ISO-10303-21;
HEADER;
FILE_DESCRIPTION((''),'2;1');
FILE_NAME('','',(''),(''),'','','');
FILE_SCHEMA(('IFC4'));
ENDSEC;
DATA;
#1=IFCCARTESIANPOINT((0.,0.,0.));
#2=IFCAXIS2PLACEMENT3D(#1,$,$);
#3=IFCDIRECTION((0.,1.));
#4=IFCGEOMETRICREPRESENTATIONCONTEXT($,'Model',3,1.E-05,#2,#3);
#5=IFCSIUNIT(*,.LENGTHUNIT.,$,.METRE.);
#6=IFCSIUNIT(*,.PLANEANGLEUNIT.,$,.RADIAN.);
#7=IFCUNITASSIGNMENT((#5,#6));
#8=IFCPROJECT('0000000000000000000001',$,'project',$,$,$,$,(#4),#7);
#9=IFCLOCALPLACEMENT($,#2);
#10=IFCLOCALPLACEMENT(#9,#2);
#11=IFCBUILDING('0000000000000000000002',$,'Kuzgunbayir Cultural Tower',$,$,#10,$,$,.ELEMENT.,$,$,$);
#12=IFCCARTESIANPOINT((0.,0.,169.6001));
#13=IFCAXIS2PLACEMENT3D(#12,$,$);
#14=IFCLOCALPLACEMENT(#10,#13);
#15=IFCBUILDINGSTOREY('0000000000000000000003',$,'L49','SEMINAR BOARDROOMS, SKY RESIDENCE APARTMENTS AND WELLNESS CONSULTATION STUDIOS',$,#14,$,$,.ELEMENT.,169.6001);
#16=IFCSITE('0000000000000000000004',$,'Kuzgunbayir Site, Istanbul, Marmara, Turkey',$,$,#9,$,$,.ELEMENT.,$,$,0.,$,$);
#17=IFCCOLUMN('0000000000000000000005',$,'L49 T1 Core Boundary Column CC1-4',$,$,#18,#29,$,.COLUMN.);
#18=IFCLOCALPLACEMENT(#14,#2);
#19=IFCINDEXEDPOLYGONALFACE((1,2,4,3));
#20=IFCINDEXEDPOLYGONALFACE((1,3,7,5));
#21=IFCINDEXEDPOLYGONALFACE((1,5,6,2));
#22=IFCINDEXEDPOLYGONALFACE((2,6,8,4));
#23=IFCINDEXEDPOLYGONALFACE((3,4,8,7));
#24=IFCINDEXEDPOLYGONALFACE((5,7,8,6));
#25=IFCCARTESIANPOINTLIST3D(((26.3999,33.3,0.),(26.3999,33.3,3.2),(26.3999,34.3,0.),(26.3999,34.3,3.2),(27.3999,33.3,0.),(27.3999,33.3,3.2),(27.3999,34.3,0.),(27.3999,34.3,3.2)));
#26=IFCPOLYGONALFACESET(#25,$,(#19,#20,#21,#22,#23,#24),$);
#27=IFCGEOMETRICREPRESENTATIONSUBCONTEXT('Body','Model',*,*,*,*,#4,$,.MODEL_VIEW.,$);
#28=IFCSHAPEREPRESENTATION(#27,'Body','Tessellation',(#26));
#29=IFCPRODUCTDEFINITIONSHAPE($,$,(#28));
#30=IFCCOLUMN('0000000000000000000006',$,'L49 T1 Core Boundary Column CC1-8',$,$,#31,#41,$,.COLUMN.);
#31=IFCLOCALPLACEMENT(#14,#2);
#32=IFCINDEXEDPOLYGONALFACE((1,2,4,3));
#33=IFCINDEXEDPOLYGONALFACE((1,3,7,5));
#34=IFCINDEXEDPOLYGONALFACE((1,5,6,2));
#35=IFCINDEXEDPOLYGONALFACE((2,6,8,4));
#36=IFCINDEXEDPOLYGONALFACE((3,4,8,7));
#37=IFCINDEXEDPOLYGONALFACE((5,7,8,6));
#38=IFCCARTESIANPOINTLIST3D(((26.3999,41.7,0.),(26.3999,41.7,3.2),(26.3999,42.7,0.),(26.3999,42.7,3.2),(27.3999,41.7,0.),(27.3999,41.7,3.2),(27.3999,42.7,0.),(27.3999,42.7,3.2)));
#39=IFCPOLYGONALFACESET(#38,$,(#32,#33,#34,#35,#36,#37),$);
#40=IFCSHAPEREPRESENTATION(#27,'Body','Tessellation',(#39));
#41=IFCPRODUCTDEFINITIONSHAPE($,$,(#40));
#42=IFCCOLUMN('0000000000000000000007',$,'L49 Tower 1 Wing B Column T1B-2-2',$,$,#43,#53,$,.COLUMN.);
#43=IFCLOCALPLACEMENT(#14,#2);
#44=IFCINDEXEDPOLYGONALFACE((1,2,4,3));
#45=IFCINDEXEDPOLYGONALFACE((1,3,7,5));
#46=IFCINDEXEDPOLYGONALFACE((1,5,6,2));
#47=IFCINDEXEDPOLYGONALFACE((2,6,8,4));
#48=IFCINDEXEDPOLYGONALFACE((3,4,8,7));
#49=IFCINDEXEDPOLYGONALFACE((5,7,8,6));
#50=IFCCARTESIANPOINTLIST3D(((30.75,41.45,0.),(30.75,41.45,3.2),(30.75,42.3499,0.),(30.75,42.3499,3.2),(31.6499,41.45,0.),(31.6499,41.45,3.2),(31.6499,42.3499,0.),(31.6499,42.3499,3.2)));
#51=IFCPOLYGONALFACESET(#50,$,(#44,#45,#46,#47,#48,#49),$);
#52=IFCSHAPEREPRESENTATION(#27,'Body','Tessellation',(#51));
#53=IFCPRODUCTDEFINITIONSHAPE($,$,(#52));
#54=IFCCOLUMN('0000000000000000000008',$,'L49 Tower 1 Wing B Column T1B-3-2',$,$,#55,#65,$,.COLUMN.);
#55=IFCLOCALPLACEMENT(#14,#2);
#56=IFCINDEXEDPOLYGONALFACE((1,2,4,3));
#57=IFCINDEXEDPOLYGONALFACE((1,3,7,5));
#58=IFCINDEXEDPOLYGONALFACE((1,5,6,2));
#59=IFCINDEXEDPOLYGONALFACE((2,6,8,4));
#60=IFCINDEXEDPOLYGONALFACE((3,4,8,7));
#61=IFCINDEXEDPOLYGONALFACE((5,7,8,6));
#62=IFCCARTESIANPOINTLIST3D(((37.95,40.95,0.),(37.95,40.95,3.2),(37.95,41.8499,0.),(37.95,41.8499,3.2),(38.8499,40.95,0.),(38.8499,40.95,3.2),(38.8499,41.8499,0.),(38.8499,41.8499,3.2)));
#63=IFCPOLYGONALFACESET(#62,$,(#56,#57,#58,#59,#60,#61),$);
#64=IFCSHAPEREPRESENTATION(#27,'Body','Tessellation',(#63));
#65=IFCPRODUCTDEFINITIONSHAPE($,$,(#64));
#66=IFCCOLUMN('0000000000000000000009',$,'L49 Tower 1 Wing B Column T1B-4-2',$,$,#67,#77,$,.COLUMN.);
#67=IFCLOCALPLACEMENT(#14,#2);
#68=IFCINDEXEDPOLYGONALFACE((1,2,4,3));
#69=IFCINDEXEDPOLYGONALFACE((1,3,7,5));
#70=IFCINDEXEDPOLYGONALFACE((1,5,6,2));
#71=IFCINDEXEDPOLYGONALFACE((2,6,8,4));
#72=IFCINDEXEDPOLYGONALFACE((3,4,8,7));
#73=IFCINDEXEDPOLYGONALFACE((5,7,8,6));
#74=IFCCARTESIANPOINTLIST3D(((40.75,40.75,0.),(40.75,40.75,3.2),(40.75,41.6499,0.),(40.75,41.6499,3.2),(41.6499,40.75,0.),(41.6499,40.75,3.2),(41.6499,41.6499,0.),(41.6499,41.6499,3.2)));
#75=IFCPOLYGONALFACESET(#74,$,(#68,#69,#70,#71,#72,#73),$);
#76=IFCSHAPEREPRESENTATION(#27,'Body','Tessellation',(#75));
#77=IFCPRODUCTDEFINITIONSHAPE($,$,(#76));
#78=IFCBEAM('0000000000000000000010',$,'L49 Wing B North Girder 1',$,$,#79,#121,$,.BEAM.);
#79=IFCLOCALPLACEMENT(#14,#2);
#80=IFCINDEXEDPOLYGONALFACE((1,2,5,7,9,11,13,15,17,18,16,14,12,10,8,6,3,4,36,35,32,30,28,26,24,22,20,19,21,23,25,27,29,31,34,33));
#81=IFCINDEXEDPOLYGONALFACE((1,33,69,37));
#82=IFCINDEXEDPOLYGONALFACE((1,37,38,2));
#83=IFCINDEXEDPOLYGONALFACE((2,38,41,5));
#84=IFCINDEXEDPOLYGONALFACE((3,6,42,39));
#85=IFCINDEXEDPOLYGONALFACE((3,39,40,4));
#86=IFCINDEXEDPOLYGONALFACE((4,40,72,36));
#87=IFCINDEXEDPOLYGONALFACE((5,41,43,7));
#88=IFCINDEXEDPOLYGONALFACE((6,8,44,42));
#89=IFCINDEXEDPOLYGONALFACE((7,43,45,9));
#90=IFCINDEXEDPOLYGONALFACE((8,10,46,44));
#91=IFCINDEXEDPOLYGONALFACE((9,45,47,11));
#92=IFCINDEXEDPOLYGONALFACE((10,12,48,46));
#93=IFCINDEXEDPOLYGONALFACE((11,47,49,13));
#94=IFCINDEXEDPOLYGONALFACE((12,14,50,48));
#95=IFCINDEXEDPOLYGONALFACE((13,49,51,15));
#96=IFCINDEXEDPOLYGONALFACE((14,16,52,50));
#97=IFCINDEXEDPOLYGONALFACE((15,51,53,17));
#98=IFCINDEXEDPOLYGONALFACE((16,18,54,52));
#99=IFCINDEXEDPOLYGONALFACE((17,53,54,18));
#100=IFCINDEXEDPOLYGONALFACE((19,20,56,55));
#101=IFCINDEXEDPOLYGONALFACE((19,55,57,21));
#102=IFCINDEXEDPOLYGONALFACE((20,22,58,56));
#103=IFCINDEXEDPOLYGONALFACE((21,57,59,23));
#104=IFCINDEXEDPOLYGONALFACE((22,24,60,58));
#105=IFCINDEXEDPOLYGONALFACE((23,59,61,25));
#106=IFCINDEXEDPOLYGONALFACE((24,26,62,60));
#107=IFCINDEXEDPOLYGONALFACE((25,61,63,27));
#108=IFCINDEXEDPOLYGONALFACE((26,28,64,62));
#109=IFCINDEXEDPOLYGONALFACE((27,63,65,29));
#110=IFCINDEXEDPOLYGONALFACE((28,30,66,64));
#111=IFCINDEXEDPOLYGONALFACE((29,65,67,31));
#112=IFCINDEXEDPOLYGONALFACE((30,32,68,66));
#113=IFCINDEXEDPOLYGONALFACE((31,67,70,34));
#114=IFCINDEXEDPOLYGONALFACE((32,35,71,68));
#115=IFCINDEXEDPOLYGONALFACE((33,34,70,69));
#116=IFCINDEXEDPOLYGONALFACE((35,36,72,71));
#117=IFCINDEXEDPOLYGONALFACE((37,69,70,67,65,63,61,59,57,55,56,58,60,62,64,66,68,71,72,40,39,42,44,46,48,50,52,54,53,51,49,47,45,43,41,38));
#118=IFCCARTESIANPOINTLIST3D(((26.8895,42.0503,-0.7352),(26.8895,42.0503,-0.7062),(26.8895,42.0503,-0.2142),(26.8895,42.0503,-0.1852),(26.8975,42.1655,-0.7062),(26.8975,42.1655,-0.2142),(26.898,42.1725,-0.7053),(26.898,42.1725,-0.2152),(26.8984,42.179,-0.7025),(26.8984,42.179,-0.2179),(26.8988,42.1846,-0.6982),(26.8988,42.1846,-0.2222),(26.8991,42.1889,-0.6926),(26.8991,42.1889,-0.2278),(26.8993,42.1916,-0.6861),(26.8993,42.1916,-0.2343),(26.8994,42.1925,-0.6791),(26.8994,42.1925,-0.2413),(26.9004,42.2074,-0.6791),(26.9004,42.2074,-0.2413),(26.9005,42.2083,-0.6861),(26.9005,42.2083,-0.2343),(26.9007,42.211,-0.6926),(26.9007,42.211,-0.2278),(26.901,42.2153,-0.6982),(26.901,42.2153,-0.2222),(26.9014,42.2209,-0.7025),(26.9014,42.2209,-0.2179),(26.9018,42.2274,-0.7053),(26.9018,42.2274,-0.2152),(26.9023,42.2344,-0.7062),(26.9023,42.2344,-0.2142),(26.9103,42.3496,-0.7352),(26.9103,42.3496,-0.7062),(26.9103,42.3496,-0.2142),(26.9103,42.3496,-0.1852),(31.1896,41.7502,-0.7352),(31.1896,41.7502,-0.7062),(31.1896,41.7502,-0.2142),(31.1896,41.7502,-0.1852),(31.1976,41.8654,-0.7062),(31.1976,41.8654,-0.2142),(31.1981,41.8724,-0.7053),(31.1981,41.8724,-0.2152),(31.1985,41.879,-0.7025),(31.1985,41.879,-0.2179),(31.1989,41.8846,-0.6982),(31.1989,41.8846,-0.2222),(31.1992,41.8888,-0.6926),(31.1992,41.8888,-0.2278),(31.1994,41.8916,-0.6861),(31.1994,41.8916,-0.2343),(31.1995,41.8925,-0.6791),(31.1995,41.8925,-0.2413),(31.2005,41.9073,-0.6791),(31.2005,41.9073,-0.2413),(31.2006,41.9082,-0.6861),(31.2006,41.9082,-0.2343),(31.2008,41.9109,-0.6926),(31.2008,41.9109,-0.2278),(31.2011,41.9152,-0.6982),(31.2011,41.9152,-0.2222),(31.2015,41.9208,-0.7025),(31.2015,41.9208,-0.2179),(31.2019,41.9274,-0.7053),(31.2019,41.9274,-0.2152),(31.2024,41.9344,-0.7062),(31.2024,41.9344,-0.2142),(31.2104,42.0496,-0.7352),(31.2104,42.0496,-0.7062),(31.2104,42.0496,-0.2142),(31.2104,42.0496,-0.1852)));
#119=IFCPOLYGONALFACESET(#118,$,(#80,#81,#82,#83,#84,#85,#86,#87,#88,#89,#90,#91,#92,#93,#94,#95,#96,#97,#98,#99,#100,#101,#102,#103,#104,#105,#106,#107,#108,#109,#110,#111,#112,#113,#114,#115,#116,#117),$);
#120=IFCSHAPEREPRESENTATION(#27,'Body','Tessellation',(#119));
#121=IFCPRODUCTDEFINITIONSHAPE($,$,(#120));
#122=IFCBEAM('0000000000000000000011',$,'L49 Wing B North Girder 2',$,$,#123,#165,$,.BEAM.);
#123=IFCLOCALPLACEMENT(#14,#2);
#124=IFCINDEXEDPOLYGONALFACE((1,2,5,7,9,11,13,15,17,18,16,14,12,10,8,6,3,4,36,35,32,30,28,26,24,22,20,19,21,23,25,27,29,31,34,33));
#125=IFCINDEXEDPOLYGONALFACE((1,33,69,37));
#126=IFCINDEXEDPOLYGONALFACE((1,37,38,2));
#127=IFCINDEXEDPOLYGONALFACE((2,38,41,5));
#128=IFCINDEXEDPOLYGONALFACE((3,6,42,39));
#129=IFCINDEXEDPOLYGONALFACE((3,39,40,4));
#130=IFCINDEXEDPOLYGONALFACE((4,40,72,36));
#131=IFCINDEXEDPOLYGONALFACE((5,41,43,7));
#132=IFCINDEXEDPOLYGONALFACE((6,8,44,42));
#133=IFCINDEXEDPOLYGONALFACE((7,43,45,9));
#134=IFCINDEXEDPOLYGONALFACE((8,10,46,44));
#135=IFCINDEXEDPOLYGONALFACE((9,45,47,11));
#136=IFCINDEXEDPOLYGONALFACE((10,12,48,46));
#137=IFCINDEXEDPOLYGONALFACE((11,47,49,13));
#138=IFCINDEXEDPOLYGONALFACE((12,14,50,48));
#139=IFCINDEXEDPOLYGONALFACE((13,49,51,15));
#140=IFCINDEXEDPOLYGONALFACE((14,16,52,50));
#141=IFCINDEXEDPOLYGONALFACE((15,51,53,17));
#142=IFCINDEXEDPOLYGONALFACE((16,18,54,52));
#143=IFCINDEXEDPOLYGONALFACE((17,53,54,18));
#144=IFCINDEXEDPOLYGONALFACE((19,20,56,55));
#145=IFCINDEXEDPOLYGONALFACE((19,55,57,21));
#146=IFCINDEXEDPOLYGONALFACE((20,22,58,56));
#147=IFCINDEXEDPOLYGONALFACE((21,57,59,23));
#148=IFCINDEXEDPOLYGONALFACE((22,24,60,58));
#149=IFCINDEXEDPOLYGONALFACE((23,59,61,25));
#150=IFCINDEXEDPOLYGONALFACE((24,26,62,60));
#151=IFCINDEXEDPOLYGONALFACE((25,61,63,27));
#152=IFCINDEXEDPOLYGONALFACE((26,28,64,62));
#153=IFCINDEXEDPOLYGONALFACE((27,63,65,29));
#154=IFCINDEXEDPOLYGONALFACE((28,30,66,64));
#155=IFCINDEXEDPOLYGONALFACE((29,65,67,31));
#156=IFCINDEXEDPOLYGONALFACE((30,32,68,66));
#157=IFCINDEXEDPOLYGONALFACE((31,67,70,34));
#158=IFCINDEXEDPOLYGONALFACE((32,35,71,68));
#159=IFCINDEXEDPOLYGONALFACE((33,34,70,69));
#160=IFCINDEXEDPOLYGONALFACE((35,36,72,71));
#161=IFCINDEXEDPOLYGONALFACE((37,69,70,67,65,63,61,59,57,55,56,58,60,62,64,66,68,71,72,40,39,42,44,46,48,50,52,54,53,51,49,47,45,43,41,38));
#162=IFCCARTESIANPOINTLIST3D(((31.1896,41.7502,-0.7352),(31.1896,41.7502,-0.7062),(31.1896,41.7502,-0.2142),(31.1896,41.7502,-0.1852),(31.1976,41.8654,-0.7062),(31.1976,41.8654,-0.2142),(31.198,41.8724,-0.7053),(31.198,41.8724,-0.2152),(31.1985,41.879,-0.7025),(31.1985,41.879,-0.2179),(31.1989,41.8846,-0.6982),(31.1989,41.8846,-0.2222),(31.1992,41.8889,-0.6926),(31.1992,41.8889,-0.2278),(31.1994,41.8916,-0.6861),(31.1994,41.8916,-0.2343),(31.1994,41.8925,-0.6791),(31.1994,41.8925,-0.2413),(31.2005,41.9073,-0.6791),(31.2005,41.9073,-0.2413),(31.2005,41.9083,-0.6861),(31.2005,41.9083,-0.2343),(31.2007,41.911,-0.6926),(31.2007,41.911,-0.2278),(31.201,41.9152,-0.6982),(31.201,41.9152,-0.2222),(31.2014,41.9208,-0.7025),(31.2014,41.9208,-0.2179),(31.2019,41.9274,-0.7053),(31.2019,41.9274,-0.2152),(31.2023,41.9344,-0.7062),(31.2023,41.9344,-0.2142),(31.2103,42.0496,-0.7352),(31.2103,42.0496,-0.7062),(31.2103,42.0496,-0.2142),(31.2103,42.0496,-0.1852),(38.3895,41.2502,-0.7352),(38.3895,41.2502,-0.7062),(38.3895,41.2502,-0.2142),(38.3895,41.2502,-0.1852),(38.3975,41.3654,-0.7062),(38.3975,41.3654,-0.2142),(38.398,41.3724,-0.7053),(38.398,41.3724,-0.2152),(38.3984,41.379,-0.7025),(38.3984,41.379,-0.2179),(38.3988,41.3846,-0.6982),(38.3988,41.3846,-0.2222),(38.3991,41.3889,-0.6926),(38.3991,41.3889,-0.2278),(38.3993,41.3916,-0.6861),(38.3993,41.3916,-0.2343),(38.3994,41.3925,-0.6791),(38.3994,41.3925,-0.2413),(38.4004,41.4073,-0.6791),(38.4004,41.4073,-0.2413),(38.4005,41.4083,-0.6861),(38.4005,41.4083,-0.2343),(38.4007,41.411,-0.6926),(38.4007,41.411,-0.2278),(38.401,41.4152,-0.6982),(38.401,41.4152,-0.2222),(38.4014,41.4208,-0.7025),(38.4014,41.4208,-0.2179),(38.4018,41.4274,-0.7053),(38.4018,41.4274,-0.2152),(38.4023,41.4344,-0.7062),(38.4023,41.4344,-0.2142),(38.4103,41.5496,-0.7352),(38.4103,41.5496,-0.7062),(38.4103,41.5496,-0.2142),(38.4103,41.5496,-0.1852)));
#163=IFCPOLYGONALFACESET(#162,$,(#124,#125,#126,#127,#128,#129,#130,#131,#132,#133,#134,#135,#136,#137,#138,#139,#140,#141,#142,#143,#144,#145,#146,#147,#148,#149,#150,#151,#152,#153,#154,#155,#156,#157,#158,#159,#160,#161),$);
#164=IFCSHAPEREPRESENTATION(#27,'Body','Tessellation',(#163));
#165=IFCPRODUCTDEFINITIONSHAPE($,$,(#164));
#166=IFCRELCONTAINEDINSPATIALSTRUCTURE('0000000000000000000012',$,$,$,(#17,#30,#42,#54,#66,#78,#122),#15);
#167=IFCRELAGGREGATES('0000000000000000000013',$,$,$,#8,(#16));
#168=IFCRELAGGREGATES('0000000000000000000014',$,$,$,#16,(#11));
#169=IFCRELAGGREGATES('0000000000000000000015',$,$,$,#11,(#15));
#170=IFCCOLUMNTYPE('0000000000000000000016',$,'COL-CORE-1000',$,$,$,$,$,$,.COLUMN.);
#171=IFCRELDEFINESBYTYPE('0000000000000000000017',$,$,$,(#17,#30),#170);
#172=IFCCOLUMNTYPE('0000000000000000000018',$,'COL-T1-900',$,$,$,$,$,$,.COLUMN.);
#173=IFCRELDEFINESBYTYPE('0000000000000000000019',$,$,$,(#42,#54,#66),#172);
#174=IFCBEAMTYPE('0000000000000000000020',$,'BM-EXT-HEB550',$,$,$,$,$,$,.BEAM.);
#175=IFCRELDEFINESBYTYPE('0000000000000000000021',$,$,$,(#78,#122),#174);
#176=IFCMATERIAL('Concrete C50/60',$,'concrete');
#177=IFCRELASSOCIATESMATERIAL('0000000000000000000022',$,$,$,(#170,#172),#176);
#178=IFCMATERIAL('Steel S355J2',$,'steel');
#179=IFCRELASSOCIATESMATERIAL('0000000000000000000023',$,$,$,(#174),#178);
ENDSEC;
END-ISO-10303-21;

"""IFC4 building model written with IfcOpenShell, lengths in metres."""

from ifc_helpers import new_model, si_unit, direction, frame, origin, origin_2d, place, context, subcontext, project, spatial, rectangle, i_section, extrude, material, material_profile, profile_set, type_object, element, save


model = new_model("IFC4")

# Units and contexts
model_context = context("Model", 3, precision=1e-05, world=origin(), true_north=direction((0.0, 1.0)))
body_context = subcontext(model_context, "Body", "Model", "MODEL_VIEW")
ifc_project = project(units=[si_unit("LENGTHUNIT", "METRE"), si_unit("PLANEANGLEUNIT", "RADIAN")], contexts=[model_context])

# Site, building, storey
site_placement = place(None, origin())
site = spatial("IfcSite", under=ifc_project, at=site_placement, Name="Kuzgunbayir Site, Istanbul, Marmara, Turkey", CompositionType="ELEMENT", RefElevation=0.0)
building_placement = place(site_placement, origin())
building = spatial("IfcBuilding", under=site, at=building_placement, Name="Kuzgunbayir Cultural Tower", CompositionType="ELEMENT")
storey_placement = place(building_placement, frame((0.0, 0.0, 169.6001)))
storey = spatial("IfcBuildingStorey", under=building, at=storey_placement, Name="L49", Description="SEMINAR BOARDROOMS, SKY RESIDENCE APARTMENTS AND WELLNESS CONSULTATION STUDIOS", CompositionType="ELEMENT", Elevation=169.6001)

# Columns
ifc_material_1 = material(Name="Concrete C50/60", Category="concrete")
ifc_material_profile_1 = material_profile(ifc_material_1, rectangle(XDim=1.0, YDim=1.0, at=origin_2d()), Name="RC 1000x1000")
ifc_profile_set_1 = profile_set([ifc_material_profile_1], Name="Concrete C50/60")
column_type_1 = type_object("IfcColumnType", Name="COL-CORE-1000", PredefinedType="COLUMN", material=ifc_profile_set_1)
for number, where, z_axis, x_axis, name in (
    (1, (26.8999, 33.8, 0.0), (0.0, 0.0, 1.0), (1.0, 0.0, 0.0), "L49 T1 Core Boundary Column CC1-4"),
    (2, (26.8999, 42.2, 0.0), (0.0, 0.0, 1.0), (1.0, 0.0, 0.0), "L49 T1 Core Boundary Column CC1-8"),
):
    element("IfcColumn", number, at=place(storey_placement, frame(where, z_axis=z_axis, x_axis=x_axis)), inside=storey, type_object=column_type_1, Name=name, PredefinedType="COLUMN", context=body_context, shape_type="SweptSolid", body=[
        extrude(rectangle(XDim=1.0, YDim=1.0, at=origin_2d()), origin(), (0.0, 0.0, 1.0), 3.2),
    ])
ifc_material_profile_2 = material_profile(ifc_material_1, rectangle(XDim=0.8999, YDim=0.8999, at=origin_2d()), Name="RC 900x900")
ifc_profile_set_2 = profile_set([ifc_material_profile_2], Name="Concrete C50/60")
column_type_2 = type_object("IfcColumnType", Name="COL-T1-900", PredefinedType="COLUMN", material=ifc_profile_set_2)
for number, where, z_axis, x_axis, name in (
    (3, (31.2, 41.8999, 0.0), (0.0, 0.0, 1.0), (1.0, 0.0, 0.0), "L49 Tower 1 Wing B Column T1B-2-2"),
    (4, (38.3999, 41.3999, 0.0), (0.0, 0.0, 1.0), (1.0, 0.0, 0.0), "L49 Tower 1 Wing B Column T1B-3-2"),
    (5, (41.2, 41.2, 0.0), (0.0, 0.0, 1.0), (1.0, 0.0, 0.0), "L49 Tower 1 Wing B Column T1B-4-2"),
):
    element("IfcColumn", number, at=place(storey_placement, frame(where, z_axis=z_axis, x_axis=x_axis)), inside=storey, type_object=column_type_2, Name=name, PredefinedType="COLUMN", context=body_context, shape_type="SweptSolid", body=[
        extrude(rectangle(XDim=0.8999, YDim=0.8999, at=origin_2d()), origin(), (0.0, 0.0, 1.0), 3.2),
    ])

# Beams
ifc_material_2 = material(Name="Steel S355J2", Category="steel")
ifc_material_profile_3 = material_profile(ifc_material_2, i_section(OverallWidth=0.3, OverallDepth=0.55, WebThickness=0.0149, FlangeThickness=0.0291, FilletRadius=0.0271, at=origin_2d()), Name="HEB 550")
ifc_profile_set_3 = profile_set([ifc_material_profile_3], Name="Steel S355J2")
beam_type_1 = type_object("IfcBeamType", Name="BM-EXT-HEB550", PredefinedType="BEAM", material=ifc_profile_set_3)
beam_1_placement = place(storey_placement, frame((26.8999, 42.2, -0.4602), z_axis=(0.997574, -0.069609, 0.0), x_axis=(0.069609, 0.997574, 0.0)))
element("IfcBeam", 6, at=beam_1_placement, inside=storey, type_object=beam_type_1, Name="L49 Wing B North Girder 1", PredefinedType="BEAM", context=body_context, shape_type="SweptSolid", body=[
    extrude(i_section(OverallWidth=0.3, OverallDepth=0.55, WebThickness=0.0149, FlangeThickness=0.0291, FilletRadius=0.0271, at=origin_2d()), origin(), (0.0, 0.0, 1.0), 4.3105),
])
beam_2_placement = place(storey_placement, frame((31.2, 41.8999, -0.4602), z_axis=(0.997597, -0.069278, 0.0), x_axis=(0.069278, 0.997597, 0.0)))
element("IfcBeam", 7, at=beam_2_placement, inside=storey, type_object=beam_type_1, Name="L49 Wing B North Girder 2", PredefinedType="BEAM", context=body_context, shape_type="SweptSolid", body=[
    extrude(i_section(OverallWidth=0.3, OverallDepth=0.55, WebThickness=0.0149, FlangeThickness=0.0291, FilletRadius=0.0271, at=origin_2d()), origin(), (0.0, 0.0, 1.0), 7.2173),
])

save(model, "model.ifc")
